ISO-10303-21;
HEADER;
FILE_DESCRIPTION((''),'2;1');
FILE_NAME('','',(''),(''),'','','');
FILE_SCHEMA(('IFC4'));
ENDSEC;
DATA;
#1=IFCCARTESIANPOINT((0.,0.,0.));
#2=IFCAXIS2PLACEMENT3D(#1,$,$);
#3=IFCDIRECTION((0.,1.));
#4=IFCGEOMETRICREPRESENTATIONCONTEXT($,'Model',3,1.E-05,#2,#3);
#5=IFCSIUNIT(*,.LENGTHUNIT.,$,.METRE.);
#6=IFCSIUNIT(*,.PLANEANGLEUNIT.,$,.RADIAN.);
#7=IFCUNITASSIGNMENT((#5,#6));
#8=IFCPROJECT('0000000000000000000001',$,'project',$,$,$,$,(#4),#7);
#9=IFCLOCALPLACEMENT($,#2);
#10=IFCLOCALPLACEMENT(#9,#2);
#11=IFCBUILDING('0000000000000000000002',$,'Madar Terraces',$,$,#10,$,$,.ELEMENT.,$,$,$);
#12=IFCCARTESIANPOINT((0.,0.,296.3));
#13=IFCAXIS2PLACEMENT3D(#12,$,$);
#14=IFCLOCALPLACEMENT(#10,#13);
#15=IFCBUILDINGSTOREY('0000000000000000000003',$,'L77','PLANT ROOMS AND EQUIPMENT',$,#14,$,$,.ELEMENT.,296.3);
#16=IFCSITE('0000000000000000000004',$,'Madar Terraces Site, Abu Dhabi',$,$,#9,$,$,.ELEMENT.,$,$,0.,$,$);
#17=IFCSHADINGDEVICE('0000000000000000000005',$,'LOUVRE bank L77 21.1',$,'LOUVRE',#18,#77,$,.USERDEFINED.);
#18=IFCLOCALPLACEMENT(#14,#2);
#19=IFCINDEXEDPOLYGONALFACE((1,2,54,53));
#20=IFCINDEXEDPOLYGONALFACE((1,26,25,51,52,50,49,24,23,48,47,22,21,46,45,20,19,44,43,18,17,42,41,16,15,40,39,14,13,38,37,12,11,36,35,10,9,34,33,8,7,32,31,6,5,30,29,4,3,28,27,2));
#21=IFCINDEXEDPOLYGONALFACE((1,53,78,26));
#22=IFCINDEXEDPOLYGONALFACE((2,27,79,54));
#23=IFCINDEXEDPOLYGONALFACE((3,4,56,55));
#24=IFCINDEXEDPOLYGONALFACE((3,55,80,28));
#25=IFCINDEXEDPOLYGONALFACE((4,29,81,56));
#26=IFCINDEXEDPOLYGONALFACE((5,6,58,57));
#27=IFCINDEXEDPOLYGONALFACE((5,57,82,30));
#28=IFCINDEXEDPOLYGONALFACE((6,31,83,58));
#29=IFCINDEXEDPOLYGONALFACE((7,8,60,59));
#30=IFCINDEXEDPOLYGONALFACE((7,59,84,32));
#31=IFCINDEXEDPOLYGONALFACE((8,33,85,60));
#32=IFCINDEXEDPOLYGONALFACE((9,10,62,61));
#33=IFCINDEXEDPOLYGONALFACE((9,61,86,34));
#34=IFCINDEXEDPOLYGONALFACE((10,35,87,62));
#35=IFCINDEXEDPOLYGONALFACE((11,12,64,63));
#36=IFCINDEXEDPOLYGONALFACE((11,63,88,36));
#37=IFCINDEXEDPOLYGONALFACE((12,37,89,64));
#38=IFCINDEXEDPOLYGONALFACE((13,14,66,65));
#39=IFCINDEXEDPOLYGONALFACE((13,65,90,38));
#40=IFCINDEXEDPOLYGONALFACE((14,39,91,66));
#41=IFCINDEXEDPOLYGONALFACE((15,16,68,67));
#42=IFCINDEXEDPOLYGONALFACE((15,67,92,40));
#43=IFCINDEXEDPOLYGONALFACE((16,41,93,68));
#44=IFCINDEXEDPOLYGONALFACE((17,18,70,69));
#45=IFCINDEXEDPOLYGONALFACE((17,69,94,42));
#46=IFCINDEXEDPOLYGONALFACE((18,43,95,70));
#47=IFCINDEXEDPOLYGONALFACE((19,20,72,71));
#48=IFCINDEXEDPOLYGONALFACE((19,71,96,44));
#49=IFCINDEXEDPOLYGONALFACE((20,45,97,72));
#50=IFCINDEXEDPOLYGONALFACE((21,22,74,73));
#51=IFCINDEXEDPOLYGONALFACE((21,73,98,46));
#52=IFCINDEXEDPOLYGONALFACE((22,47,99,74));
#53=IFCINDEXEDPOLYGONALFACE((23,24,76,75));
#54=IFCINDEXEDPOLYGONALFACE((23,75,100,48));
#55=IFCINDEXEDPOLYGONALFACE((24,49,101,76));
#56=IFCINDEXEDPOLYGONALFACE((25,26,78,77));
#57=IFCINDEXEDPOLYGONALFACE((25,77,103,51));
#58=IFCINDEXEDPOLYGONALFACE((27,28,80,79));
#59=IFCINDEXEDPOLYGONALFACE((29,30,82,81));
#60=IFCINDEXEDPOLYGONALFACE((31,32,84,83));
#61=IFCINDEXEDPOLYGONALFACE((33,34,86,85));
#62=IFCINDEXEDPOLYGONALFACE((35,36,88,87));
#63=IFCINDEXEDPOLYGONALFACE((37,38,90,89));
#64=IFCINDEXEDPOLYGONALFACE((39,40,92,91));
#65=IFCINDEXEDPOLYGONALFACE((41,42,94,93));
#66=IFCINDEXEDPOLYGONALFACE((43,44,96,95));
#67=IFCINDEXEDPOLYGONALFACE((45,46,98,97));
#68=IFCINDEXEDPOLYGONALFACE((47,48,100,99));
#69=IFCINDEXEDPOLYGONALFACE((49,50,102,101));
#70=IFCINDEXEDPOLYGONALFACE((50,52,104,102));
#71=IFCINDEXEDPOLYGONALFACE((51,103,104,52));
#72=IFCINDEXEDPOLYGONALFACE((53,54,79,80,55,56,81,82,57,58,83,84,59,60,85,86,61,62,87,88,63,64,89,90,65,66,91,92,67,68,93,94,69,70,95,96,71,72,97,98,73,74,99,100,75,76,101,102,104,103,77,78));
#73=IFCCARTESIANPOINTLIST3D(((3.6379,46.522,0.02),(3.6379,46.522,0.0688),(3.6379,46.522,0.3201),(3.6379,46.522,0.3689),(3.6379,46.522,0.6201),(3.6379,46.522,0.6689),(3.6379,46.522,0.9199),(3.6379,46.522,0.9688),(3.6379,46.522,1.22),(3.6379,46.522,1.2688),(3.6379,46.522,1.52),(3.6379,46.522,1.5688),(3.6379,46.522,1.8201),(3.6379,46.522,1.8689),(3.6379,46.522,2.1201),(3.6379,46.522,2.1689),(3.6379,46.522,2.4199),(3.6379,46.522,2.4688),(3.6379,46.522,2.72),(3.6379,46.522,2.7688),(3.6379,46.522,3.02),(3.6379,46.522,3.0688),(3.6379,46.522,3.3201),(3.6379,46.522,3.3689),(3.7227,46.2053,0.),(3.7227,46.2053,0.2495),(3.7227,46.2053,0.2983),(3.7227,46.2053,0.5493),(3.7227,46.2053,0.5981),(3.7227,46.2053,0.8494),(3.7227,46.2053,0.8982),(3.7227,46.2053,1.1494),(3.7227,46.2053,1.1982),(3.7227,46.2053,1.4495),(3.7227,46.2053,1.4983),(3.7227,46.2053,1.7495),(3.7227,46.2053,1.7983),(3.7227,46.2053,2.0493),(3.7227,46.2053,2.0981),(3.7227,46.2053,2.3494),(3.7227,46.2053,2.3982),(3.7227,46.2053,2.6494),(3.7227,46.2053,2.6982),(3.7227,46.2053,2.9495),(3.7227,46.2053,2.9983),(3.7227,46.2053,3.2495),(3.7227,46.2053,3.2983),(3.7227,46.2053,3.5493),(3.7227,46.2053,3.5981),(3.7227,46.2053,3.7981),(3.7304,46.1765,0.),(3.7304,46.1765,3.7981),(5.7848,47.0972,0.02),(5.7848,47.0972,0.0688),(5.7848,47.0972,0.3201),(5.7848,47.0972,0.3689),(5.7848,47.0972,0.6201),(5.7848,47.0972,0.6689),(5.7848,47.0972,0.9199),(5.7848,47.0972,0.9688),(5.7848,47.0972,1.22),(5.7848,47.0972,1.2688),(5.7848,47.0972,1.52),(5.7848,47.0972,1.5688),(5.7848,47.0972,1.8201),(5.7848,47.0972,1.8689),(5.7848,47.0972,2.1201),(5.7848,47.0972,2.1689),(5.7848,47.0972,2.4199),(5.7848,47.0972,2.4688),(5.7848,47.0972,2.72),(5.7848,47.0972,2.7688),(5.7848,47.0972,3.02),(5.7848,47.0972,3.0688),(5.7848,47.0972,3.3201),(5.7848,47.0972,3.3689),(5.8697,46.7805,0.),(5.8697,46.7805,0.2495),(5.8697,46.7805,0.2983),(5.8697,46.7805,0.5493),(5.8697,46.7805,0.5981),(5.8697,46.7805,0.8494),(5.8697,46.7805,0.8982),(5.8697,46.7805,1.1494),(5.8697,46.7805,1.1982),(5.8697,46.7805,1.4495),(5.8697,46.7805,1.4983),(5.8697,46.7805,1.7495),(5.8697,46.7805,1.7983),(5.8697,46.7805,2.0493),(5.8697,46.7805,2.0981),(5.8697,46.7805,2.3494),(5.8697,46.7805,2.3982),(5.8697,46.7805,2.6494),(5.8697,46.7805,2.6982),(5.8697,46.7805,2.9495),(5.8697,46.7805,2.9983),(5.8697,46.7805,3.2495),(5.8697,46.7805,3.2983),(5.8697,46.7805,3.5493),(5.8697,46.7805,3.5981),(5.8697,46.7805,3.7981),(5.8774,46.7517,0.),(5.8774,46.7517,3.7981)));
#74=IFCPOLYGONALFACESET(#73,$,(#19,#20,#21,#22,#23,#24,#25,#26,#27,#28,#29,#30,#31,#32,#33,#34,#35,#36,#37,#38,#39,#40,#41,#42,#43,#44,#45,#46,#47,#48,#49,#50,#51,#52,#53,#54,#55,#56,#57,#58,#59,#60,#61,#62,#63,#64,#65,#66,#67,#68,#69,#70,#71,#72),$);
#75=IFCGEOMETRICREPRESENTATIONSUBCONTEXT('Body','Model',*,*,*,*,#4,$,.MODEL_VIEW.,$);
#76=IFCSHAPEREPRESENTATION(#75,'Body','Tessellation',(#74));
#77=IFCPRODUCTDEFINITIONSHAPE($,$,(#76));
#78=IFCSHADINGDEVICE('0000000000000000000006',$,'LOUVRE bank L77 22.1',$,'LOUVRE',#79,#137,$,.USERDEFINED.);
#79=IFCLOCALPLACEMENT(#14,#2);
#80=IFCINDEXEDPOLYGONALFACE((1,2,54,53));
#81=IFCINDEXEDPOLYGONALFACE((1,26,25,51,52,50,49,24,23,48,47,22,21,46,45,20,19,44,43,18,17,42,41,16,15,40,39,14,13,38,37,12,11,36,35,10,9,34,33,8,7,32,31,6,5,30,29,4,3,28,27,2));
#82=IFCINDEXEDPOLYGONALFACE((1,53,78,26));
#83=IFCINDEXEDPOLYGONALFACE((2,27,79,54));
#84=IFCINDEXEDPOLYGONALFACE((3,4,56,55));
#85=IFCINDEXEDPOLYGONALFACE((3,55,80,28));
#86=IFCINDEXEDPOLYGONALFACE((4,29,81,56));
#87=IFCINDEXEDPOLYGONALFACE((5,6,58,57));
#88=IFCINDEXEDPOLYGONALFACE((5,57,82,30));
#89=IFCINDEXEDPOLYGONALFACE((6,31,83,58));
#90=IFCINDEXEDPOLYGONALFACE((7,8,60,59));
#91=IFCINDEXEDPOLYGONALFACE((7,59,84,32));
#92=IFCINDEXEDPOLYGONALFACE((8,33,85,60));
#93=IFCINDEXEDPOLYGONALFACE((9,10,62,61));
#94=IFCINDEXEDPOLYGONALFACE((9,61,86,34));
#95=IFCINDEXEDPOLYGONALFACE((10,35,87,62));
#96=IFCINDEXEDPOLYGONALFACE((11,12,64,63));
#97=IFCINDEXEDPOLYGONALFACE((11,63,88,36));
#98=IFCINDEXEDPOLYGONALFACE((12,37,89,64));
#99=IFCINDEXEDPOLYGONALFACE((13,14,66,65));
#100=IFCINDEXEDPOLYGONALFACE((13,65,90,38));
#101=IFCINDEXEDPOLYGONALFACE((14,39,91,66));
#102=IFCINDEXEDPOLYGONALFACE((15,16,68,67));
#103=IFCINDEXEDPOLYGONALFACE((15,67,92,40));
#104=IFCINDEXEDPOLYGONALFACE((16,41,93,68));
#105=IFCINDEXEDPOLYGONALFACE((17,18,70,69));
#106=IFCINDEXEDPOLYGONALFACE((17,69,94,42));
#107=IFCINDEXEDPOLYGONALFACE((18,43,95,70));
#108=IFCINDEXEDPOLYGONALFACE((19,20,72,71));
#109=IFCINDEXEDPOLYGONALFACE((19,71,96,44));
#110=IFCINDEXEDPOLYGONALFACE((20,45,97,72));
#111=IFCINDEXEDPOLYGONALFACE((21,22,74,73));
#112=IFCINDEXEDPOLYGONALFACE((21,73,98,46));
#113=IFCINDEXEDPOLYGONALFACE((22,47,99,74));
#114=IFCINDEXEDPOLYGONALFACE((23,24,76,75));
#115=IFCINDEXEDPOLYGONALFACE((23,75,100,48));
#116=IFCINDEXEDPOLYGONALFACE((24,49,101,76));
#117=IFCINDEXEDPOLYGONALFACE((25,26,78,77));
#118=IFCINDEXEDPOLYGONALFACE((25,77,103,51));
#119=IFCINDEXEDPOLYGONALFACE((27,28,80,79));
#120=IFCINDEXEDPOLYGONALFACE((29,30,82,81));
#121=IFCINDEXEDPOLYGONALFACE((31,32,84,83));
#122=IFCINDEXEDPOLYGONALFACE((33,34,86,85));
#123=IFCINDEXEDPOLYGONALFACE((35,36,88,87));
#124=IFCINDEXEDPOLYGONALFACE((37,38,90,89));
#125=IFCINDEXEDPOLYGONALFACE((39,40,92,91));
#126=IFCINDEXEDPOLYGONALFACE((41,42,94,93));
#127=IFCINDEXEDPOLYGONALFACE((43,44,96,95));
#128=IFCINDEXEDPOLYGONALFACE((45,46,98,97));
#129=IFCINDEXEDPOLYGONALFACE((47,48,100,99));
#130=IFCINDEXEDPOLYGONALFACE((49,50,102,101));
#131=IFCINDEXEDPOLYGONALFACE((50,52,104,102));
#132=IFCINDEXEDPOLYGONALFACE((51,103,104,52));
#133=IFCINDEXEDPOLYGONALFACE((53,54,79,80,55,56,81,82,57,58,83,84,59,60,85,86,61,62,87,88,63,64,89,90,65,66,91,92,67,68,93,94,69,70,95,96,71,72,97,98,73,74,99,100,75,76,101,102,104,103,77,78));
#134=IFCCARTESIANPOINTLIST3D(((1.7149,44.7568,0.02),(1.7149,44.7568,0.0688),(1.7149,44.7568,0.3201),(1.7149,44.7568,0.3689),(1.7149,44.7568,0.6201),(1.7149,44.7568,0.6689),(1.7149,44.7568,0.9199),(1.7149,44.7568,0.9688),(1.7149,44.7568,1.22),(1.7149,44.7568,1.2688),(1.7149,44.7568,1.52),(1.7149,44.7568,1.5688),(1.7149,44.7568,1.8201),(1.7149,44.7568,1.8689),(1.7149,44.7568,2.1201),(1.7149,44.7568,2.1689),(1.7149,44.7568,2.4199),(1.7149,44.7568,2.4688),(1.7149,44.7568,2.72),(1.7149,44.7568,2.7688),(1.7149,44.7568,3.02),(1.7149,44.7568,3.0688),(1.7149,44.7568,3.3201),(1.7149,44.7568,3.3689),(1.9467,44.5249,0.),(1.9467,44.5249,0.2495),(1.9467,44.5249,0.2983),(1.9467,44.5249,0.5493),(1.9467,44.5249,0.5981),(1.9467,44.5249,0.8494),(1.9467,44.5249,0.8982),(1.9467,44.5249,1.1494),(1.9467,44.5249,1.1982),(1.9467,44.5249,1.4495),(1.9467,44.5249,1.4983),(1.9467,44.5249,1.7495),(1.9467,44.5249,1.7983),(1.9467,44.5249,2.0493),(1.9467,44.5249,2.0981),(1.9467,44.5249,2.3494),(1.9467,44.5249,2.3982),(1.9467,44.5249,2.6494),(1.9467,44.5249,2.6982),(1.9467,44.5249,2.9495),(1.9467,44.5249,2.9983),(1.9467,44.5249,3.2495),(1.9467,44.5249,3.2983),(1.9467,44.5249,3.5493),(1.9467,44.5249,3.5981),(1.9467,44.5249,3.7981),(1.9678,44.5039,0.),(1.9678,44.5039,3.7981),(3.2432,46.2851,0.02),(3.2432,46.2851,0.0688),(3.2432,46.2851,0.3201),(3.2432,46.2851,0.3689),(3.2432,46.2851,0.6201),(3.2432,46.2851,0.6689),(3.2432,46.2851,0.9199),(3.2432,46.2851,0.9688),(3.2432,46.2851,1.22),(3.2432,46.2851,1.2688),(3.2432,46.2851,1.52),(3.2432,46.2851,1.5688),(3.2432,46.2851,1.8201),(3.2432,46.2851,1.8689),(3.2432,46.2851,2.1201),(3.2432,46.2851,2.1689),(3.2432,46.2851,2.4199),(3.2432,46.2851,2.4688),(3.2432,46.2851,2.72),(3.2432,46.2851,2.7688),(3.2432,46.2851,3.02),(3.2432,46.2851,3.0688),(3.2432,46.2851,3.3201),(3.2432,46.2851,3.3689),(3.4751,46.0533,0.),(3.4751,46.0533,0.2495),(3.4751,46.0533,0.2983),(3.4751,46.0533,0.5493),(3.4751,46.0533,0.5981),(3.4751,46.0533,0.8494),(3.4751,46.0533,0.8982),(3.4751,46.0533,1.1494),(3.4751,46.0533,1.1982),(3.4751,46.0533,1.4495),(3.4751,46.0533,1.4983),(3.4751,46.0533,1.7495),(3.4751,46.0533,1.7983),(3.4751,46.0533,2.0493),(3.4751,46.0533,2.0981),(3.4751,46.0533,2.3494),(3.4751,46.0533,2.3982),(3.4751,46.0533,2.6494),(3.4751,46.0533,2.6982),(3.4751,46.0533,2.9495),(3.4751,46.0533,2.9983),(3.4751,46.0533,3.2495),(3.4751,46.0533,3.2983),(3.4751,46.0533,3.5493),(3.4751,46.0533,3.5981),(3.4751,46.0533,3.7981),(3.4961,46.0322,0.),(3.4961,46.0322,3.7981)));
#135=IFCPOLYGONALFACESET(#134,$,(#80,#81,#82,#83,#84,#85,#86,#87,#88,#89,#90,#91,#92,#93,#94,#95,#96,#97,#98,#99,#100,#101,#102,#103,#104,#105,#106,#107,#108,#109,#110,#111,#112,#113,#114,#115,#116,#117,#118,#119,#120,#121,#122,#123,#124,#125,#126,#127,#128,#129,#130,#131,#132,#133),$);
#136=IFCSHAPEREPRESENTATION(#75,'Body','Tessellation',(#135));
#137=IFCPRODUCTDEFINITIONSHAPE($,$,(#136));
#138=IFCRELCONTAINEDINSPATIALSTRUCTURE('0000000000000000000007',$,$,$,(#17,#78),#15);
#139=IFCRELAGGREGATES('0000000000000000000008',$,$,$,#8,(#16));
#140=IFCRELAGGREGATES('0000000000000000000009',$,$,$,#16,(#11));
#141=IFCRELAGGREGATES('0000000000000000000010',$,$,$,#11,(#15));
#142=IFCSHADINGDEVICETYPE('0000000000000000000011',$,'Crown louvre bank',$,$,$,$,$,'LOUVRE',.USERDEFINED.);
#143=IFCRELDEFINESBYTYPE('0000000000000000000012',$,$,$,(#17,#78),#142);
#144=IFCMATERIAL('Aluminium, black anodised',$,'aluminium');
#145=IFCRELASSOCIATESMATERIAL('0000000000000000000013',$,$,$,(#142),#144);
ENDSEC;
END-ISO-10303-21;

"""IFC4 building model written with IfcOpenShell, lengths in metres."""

from ifc_helpers import new_model, si_unit, direction, frame, origin, place, context, subcontext, project, spatial, polyline, outline, extrude, material, type_object, element, save


model = new_model("IFC4")

# Units and contexts
model_context = context("Model", 3, precision=1e-05, world=origin(), true_north=direction((0.0, 1.0)))
body_context = subcontext(model_context, "Body", "Model", "MODEL_VIEW")
ifc_project = project(units=[si_unit("LENGTHUNIT", "METRE"), si_unit("PLANEANGLEUNIT", "RADIAN")], contexts=[model_context])

# Site, building, storey
site_placement = place(None, origin())
site = spatial("IfcSite", under=ifc_project, at=site_placement, Name="Madar Terraces Site, Abu Dhabi", CompositionType="ELEMENT", RefElevation=0.0)
building_placement = place(site_placement, origin())
building = spatial("IfcBuilding", under=site, at=building_placement, Name="Madar Terraces", CompositionType="ELEMENT")
storey_placement = place(building_placement, frame((0.0, 0.0, 296.3)))
storey = spatial("IfcBuildingStorey", under=building, at=storey_placement, Name="L77", Description="PLANT ROOMS AND EQUIPMENT", CompositionType="ELEMENT", Elevation=296.3)

# Shading devices
ifc_material_1 = material(Name="Aluminium, black anodised", Category="aluminium")
shading_device_type = type_object("IfcShadingDeviceType", Name="Crown louvre bank", ElementType="LOUVRE", PredefinedType="USERDEFINED", material=ifc_material_1)
shading_device_1_placement = place(storey_placement, frame((5.8735, 46.7661, 0.0), z_axis=(-0.965935, -0.258784, 0.0), x_axis=(0.258784, -0.965935, 0.0)))
element("IfcShadingDevice", 1, at=shading_device_1_placement, inside=storey, type_object=shading_device_type, Name="LOUVRE bank L77 21.1", ObjectType="LOUVRE", PredefinedType="USERDEFINED", context=body_context, shape_type="SweptSolid", body=[
    extrude(outline(polyline([(0.0149, 0.0), (-0.0149, 0.0), (-0.0149, 0.2495), (-0.3428, 0.02), (-0.3428, 0.0688), (-0.0149, 0.2983), (-0.0149, 0.5493), (-0.3428, 0.3201), (-0.3428, 0.3689), (-0.0149, 0.5981), (-0.0149, 0.8494), (-0.3428, 0.6201), (-0.3428, 0.6689), (-0.0149, 0.8982), (-0.0149, 1.1494), (-0.3428, 0.9199), (-0.3428, 0.9688), (-0.0149, 1.1982), (-0.0149, 1.4495), (-0.3428, 1.22), (-0.3428, 1.2688), (-0.0149, 1.4983), (-0.0149, 1.7495), (-0.3428, 1.52), (-0.3428, 1.5688), (-0.0149, 1.7983), (-0.0149, 2.0493), (-0.3428, 1.8201), (-0.3428, 1.8689), (-0.0149, 2.0981), (-0.0149, 2.3494), (-0.3428, 2.1201), (-0.3428, 2.1689), (-0.0149, 2.3982), (-0.0149, 2.6494), (-0.3428, 2.4199), (-0.3428, 2.4688), (-0.0149, 2.6982), (-0.0149, 2.9495), (-0.3428, 2.72), (-0.3428, 2.7688), (-0.0149, 2.9983), (-0.0149, 3.2495), (-0.3428, 3.02), (-0.3428, 3.0688), (-0.0149, 3.2983), (-0.0149, 3.5493), (-0.3428, 3.3201), (-0.3428, 3.3689), (-0.0149, 3.5981), (-0.0149, 3.7981), (0.0149, 3.7981), (0.0149, 0.0)])), origin(), (0.0, 0.0, 1.0), 2.2227),
])
shading_device_2_placement = place(storey_placement, frame((3.4856, 46.0427, 0.0), z_axis=(-0.707107, -0.707107, 0.0), x_axis=(0.707107, -0.707107, 0.0)))
element("IfcShadingDevice", 2, at=shading_device_2_placement, inside=storey, type_object=shading_device_type, Name="LOUVRE bank L77 22.1", ObjectType="LOUVRE", PredefinedType="USERDEFINED", context=body_context, shape_type="SweptSolid", body=[
    extrude(outline(polyline([(0.0149, 0.0), (-0.0149, 0.0), (-0.0149, 0.2495), (-0.3428, 0.02), (-0.3428, 0.0688), (-0.0149, 0.2983), (-0.0149, 0.5493), (-0.3428, 0.3201), (-0.3428, 0.3689), (-0.0149, 0.5981), (-0.0149, 0.8494), (-0.3428, 0.6201), (-0.3428, 0.6689), (-0.0149, 0.8982), (-0.0149, 1.1494), (-0.3428, 0.9199), (-0.3428, 0.9688), (-0.0149, 1.1982), (-0.0149, 1.4495), (-0.3428, 1.22), (-0.3428, 1.2688), (-0.0149, 1.4983), (-0.0149, 1.7495), (-0.3428, 1.52), (-0.3428, 1.5688), (-0.0149, 1.7983), (-0.0149, 2.0493), (-0.3428, 1.8201), (-0.3428, 1.8689), (-0.0149, 2.0981), (-0.0149, 2.3494), (-0.3428, 2.1201), (-0.3428, 2.1689), (-0.0149, 2.3982), (-0.0149, 2.6494), (-0.3428, 2.4199), (-0.3428, 2.4688), (-0.0149, 2.6982), (-0.0149, 2.9495), (-0.3428, 2.72), (-0.3428, 2.7688), (-0.0149, 2.9983), (-0.0149, 3.2495), (-0.3428, 3.02), (-0.3428, 3.0688), (-0.0149, 3.2983), (-0.0149, 3.5493), (-0.3428, 3.3201), (-0.3428, 3.3689), (-0.0149, 3.5981), (-0.0149, 3.7981), (0.0149, 3.7981), (0.0149, 0.0)])), origin(), (0.0, 0.0, 1.0), 2.1614),
])

save(model, "model.ifc")
